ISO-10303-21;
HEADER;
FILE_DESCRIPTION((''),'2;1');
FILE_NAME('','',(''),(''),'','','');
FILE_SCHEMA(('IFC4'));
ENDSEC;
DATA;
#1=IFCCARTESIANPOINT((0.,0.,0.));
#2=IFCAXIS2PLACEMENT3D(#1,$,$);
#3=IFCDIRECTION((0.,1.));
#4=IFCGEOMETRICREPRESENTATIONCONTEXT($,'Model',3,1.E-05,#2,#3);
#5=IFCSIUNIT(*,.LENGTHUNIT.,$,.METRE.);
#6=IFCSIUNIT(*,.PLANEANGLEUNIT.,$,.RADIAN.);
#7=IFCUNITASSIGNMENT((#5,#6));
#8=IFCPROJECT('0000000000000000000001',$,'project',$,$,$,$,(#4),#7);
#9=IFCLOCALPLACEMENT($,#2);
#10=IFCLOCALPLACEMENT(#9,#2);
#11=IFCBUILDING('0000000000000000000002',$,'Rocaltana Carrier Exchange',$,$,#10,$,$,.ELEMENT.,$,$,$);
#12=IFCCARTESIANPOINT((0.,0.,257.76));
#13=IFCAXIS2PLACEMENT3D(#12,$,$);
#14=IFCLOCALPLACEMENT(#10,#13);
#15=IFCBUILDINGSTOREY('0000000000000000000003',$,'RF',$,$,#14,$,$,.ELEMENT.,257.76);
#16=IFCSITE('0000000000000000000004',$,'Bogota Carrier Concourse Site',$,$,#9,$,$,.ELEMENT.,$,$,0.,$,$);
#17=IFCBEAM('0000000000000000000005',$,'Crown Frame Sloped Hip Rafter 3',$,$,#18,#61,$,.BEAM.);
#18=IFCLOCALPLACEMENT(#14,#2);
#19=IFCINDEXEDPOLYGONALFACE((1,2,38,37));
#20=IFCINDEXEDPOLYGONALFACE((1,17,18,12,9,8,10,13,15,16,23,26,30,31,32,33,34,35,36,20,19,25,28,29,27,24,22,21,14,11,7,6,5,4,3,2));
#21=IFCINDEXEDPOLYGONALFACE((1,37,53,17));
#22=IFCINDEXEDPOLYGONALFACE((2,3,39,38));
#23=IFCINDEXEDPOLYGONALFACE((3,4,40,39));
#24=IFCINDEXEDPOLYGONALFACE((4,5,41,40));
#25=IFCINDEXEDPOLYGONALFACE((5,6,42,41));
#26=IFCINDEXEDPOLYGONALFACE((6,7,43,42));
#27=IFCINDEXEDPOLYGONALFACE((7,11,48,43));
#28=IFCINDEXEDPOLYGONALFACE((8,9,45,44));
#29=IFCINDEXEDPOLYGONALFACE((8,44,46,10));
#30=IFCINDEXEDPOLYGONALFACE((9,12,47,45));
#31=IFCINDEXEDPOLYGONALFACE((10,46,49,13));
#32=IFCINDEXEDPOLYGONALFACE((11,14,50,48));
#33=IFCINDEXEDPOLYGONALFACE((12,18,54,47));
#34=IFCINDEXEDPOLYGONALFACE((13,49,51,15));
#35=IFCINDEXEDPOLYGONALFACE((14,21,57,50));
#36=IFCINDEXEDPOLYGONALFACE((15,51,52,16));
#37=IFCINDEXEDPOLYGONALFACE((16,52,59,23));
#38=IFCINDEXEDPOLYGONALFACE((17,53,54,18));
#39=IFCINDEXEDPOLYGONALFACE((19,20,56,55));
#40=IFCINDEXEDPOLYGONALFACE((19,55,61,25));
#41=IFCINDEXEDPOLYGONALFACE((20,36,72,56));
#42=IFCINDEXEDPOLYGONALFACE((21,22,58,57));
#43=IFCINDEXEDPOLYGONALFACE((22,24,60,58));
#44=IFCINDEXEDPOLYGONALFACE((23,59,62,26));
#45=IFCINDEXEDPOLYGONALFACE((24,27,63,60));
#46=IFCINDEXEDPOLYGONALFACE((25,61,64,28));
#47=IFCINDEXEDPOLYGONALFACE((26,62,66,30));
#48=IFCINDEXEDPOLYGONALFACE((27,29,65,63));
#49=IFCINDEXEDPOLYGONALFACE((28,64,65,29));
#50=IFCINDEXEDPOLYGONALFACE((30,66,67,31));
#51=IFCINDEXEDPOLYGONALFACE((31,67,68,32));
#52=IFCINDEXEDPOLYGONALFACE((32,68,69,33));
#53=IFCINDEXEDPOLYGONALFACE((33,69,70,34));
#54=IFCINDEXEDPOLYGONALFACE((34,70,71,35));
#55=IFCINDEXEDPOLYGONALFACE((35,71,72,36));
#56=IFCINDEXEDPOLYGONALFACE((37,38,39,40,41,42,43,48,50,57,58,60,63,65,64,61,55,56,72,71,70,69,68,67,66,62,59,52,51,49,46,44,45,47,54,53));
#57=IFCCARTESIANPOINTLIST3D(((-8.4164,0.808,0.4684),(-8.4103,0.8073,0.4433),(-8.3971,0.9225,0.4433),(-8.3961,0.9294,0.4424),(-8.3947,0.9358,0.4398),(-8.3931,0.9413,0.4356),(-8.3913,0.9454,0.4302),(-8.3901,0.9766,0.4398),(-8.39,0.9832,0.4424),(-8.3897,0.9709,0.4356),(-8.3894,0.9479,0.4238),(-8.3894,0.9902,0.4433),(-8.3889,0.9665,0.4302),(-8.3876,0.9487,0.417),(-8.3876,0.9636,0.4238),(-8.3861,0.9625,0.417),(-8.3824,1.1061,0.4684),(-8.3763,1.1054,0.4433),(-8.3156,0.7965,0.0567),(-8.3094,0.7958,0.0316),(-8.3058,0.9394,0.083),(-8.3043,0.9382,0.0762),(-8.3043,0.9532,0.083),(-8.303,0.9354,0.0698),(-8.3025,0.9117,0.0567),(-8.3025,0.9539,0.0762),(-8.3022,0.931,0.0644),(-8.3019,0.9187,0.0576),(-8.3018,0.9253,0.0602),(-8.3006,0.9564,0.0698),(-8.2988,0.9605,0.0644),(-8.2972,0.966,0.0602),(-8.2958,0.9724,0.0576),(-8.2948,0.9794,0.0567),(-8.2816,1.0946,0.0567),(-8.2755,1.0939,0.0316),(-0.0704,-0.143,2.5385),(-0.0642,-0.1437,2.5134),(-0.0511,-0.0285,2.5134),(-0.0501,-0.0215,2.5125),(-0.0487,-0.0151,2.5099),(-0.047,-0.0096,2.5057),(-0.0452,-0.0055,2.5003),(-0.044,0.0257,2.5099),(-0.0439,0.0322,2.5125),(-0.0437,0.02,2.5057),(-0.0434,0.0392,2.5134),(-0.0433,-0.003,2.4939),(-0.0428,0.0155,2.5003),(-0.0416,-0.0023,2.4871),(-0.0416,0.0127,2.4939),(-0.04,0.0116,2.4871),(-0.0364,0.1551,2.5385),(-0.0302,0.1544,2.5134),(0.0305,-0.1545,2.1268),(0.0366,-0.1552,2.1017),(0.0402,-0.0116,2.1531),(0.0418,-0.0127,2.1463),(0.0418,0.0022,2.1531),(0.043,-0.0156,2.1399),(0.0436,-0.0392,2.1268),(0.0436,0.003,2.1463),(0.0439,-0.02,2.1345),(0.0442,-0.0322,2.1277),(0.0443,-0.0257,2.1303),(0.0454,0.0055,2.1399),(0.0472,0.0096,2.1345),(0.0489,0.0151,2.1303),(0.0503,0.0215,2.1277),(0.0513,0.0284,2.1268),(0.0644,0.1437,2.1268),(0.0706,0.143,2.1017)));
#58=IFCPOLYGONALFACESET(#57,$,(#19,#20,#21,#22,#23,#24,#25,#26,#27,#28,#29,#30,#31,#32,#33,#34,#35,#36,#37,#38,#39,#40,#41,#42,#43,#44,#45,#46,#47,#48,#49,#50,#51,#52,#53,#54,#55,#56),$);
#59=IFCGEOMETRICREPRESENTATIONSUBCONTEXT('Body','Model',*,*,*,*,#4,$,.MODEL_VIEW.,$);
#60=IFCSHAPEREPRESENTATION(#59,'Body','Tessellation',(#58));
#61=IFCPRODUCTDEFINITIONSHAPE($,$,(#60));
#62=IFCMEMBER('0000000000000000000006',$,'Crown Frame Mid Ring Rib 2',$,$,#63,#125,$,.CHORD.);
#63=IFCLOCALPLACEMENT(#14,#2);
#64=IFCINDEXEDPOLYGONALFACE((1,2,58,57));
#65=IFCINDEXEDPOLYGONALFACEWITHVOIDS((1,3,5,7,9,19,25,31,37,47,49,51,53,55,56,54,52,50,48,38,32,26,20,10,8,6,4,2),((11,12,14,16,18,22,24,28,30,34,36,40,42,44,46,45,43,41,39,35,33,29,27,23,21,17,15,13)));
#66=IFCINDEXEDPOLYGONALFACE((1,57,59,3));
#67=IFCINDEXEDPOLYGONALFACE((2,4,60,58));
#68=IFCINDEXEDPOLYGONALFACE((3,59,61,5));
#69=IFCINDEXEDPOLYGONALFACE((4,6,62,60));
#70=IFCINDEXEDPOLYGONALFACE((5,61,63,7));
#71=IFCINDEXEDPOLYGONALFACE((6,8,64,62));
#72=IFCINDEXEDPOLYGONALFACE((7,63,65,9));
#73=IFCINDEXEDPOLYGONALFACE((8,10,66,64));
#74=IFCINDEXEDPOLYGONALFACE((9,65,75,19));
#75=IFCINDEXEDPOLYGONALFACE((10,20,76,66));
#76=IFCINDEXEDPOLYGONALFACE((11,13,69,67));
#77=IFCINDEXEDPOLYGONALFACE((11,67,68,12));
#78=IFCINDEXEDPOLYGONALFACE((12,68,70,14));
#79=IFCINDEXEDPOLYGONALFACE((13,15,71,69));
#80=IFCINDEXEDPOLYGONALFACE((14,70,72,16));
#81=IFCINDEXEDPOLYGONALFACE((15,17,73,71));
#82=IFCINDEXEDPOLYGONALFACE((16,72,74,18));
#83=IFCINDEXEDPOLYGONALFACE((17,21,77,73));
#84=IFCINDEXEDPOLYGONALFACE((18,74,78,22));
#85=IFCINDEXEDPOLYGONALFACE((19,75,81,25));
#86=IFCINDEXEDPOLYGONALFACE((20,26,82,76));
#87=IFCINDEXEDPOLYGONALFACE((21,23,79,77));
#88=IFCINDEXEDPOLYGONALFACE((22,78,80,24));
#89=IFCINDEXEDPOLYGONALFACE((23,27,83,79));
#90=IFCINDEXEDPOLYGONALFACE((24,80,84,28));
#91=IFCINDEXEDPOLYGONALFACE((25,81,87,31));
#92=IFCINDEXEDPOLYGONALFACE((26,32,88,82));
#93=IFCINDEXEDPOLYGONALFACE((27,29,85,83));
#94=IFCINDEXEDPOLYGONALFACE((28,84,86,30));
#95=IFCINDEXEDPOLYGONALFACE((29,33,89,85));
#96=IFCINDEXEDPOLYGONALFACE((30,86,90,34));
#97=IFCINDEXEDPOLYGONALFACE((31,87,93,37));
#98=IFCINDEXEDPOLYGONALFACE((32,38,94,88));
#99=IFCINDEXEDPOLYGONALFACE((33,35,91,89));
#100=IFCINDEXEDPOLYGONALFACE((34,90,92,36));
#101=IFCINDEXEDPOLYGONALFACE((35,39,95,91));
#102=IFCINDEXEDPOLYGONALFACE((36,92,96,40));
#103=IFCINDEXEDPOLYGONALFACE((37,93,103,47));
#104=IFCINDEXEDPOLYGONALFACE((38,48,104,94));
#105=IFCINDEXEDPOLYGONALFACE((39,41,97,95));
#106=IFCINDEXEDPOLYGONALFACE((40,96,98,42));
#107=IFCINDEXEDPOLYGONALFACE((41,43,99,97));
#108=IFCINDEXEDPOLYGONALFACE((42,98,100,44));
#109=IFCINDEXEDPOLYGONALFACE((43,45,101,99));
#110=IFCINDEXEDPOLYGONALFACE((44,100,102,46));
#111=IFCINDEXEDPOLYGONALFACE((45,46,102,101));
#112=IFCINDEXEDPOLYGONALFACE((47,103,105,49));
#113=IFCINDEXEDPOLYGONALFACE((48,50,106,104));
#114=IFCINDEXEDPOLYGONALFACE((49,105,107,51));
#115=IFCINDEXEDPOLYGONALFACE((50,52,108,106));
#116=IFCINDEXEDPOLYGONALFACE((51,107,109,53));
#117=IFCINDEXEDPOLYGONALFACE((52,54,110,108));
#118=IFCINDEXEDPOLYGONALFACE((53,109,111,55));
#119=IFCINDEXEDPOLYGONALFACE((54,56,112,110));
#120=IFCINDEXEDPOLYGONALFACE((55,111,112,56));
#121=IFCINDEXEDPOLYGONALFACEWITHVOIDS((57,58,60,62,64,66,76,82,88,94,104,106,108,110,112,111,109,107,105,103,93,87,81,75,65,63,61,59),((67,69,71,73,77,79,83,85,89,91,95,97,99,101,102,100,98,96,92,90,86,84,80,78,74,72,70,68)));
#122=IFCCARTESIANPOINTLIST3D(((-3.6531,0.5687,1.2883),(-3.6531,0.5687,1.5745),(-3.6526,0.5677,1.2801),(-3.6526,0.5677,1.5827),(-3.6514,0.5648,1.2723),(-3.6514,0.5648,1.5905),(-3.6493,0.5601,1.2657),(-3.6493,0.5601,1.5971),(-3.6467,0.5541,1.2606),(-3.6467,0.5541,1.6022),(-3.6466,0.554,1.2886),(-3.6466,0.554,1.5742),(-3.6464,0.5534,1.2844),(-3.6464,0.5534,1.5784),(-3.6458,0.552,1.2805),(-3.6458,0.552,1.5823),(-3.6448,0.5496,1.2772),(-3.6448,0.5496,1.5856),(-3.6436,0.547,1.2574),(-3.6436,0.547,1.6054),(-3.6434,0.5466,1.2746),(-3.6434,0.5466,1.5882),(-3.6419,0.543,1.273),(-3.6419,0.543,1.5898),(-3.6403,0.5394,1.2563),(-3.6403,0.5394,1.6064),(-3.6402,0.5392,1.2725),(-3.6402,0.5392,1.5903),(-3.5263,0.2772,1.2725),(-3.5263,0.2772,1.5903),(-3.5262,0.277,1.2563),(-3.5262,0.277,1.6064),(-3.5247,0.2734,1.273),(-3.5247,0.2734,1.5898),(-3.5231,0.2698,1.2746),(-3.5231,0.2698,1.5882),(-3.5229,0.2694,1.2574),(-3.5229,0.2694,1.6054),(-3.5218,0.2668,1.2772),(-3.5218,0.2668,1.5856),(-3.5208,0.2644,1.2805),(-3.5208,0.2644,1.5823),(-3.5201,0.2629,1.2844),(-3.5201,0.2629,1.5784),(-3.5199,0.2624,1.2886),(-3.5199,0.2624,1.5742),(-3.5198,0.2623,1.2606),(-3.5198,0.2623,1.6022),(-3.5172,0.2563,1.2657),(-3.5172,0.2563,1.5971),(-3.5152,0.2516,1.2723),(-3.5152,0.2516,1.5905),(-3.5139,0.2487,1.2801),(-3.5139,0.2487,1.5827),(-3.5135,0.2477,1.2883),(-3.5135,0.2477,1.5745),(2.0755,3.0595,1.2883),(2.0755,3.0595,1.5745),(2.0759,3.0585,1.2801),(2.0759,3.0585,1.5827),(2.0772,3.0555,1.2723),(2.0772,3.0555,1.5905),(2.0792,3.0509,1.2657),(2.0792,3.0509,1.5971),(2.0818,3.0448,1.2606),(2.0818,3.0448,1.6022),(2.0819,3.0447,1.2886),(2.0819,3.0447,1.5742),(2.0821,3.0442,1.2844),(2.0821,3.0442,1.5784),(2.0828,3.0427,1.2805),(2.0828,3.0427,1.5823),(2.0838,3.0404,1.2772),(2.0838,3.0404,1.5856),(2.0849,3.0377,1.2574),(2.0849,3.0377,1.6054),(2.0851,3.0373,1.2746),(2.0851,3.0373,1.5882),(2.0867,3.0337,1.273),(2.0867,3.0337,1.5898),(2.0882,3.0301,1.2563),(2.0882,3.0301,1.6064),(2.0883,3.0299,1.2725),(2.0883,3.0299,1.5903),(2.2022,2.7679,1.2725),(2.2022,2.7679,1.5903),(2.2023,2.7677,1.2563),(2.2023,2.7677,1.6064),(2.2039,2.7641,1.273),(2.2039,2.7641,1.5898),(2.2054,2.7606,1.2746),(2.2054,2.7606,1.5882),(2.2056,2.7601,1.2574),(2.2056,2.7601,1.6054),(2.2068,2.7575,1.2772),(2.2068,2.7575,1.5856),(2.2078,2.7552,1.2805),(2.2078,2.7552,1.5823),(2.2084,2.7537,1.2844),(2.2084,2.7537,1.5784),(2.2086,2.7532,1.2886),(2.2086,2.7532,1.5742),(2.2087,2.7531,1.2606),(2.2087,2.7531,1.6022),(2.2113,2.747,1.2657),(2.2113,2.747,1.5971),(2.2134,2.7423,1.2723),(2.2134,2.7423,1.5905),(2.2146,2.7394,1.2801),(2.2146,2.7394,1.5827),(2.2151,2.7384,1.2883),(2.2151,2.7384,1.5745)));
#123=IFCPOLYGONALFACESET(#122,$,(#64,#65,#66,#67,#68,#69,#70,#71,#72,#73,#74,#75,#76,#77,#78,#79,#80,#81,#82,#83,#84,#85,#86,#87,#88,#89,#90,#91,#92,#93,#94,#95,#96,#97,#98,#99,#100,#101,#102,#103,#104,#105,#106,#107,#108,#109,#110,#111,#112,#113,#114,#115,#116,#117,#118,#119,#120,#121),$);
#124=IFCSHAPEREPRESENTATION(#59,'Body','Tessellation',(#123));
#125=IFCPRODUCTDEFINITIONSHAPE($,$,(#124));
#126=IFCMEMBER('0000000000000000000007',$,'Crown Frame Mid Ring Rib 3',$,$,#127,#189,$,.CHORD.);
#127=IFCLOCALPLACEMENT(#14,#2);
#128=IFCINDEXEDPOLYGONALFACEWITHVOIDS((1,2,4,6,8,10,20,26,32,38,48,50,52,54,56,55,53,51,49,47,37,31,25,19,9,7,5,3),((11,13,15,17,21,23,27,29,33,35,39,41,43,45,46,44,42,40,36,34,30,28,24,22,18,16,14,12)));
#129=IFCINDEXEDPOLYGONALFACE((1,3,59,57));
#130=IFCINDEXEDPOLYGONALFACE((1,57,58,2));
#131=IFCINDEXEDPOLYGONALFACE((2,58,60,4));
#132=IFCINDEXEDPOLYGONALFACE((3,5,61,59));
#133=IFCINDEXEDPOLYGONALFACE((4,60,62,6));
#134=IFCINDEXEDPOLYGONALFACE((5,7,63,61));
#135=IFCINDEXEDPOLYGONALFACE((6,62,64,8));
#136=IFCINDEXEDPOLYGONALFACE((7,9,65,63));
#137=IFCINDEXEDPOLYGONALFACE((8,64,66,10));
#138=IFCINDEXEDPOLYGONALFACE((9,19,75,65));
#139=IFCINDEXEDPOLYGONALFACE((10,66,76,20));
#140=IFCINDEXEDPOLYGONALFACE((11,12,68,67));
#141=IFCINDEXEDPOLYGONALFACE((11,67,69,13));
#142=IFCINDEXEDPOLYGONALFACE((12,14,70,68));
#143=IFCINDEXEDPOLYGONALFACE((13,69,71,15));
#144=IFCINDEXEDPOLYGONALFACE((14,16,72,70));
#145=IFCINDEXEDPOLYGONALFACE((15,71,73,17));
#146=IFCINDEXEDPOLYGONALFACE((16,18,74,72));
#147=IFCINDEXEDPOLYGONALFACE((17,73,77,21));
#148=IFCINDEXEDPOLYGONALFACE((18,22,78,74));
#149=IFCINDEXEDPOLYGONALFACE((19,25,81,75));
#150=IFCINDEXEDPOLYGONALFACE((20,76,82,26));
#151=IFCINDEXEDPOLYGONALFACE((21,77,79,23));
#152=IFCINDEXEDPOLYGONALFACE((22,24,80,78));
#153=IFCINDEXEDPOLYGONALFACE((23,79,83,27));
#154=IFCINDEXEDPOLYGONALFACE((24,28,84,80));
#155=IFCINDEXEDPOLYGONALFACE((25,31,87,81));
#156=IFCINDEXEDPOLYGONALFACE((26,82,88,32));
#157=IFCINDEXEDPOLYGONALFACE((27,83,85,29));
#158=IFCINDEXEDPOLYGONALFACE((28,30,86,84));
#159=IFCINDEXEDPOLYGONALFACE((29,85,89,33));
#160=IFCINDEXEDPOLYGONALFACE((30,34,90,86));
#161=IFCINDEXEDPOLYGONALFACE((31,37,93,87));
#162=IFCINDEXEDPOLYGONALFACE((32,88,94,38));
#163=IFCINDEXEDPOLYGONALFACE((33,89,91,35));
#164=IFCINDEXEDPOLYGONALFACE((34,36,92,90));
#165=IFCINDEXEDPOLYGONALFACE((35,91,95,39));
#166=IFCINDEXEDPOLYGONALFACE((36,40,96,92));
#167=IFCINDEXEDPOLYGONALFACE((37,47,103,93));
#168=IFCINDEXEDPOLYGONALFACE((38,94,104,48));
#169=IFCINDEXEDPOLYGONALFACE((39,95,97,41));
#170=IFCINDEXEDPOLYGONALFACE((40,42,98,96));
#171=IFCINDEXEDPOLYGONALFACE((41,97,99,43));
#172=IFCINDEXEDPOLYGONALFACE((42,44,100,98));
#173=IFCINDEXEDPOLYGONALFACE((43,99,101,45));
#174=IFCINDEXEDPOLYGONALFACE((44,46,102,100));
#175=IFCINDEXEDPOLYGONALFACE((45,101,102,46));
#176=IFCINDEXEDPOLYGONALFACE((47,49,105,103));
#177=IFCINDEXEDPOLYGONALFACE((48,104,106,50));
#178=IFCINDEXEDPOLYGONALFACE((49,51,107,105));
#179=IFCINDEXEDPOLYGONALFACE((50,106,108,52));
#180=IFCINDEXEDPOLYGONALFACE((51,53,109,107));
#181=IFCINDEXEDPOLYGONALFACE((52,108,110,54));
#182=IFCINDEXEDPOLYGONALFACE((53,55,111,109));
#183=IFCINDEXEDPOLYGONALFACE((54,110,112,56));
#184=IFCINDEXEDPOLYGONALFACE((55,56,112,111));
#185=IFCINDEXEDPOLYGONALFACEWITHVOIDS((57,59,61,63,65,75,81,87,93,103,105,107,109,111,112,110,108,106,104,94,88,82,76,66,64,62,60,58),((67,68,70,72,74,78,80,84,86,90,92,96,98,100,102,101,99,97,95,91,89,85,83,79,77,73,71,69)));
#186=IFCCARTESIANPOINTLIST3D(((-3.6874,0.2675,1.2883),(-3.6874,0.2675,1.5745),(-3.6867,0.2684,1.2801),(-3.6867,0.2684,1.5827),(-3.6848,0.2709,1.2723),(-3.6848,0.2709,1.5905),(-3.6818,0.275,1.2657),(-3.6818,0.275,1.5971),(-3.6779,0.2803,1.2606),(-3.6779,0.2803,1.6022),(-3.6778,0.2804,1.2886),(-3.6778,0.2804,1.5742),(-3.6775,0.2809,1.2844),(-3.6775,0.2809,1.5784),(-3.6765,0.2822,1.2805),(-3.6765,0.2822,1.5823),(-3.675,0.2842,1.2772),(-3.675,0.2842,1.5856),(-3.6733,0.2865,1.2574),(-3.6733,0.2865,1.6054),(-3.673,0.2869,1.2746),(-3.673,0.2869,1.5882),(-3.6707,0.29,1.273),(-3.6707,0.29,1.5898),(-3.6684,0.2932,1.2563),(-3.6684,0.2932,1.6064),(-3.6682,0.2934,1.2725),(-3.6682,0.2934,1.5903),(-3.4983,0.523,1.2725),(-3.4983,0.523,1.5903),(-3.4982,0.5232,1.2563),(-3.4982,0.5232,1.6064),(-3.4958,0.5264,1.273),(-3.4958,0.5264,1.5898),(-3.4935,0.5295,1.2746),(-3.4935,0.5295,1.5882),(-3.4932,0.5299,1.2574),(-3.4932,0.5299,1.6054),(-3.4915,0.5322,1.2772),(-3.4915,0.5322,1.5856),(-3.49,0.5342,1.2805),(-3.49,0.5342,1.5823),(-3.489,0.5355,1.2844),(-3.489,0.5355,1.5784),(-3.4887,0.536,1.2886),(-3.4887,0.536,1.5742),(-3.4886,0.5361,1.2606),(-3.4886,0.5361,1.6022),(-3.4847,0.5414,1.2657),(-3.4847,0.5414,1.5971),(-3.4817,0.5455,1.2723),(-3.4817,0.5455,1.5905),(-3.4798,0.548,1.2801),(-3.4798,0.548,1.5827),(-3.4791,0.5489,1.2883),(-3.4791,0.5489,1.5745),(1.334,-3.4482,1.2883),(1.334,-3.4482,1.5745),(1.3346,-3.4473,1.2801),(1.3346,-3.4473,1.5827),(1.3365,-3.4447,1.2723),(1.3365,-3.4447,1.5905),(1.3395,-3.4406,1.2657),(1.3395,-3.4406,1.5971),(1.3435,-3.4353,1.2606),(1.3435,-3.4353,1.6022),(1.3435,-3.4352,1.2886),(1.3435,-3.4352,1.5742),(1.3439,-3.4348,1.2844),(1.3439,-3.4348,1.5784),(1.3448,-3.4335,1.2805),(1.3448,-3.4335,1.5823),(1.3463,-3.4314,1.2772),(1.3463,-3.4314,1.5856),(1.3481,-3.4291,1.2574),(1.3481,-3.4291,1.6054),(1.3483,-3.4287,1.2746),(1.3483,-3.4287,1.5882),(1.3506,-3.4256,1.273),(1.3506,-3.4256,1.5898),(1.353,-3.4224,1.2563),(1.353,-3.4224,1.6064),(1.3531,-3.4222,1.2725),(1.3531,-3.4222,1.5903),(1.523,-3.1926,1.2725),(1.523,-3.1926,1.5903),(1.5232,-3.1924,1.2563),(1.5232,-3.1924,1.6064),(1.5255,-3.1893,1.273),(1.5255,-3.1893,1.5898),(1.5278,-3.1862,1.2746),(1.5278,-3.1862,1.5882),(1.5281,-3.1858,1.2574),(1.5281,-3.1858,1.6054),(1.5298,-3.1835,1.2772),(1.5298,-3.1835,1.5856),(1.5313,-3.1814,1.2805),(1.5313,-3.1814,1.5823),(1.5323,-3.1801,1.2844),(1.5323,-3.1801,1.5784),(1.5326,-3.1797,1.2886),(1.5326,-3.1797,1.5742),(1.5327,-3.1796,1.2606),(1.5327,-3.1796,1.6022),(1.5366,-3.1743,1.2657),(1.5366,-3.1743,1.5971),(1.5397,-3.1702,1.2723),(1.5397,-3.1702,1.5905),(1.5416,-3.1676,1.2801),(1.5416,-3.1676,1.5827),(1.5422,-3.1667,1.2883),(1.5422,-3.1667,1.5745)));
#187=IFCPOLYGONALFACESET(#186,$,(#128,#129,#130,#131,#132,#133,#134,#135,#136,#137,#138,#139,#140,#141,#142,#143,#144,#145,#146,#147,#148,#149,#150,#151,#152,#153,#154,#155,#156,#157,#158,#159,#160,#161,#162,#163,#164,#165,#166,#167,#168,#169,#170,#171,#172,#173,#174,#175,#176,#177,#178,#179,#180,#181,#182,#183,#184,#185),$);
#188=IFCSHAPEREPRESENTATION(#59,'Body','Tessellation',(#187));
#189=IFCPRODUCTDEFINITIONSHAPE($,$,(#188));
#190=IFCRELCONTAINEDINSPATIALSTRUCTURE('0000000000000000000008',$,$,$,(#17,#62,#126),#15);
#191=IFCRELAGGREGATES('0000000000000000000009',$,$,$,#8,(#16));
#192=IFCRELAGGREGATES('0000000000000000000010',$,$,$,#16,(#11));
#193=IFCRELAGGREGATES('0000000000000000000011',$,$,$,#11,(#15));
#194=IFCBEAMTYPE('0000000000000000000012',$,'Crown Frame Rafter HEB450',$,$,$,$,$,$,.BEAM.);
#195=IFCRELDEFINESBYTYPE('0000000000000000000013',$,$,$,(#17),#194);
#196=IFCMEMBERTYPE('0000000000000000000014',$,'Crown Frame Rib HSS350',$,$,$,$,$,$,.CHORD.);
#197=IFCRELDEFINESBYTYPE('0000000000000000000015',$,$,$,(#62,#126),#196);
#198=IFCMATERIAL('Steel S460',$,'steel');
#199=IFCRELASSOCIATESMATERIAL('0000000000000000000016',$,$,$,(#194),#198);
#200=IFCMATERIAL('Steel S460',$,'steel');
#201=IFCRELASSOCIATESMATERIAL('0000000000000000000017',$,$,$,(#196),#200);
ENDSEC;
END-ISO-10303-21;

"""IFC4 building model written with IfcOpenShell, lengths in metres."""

from ifc_helpers import new_model, si_unit, direction, frame, origin, origin_2d, place, context, subcontext, project, spatial, hollow_rectangle, i_section, extrude, material, material_profile, profile_set, type_object, element, save


model = new_model("IFC4")

# Units and contexts
model_context = context("Model", 3, precision=1e-05, world=origin(), true_north=direction((0.0, 1.0)))
body_context = subcontext(model_context, "Body", "Model", "MODEL_VIEW")
ifc_project = project(units=[si_unit("LENGTHUNIT", "METRE"), si_unit("PLANEANGLEUNIT", "RADIAN")], contexts=[model_context])

# Site, building, storey
site_placement = place(None, origin())
site = spatial("IfcSite", under=ifc_project, at=site_placement, Name="Bogota Carrier Concourse Site", CompositionType="ELEMENT", RefElevation=0.0)
building_placement = place(site_placement, origin())
building = spatial("IfcBuilding", under=site, at=building_placement, Name="Rocaltana Carrier Exchange", CompositionType="ELEMENT")
storey_placement = place(building_placement, frame((0.0, 0.0, 257.76)))
storey = spatial("IfcBuildingStorey", under=building, at=storey_placement, Name="RF", CompositionType="ELEMENT", Elevation=257.76)

# Beam
ifc_material_1 = material(Name="Steel S460", Category="steel")
ifc_material_profile_1 = material_profile(ifc_material_1, i_section(OverallWidth=0.3, OverallDepth=0.45, WebThickness=0.0139, FlangeThickness=0.0259, FilletRadius=0.0271, at=origin_2d()), Name="HEB450")
ifc_profile_set_1 = profile_set([ifc_material_profile_1], Name="Steel S460")
beam_type_1 = type_object("IfcBeamType", Name="Crown Frame Rafter HEB450", PredefinedType="BEAM", material=ifc_profile_set_1)
for number, where, z_axis, x_axis, name in (
    (1, (-8.3459, 0.9509, 0.25), (0.964709, -0.109918, 0.239279), (0.113206, 0.993571, 0.0), "Crown Frame Sloped Hip Rafter 3"),
):
    element("IfcBeam", number, at=place(storey_placement, frame(where, z_axis=z_axis, x_axis=x_axis)), inside=storey, type_object=beam_type_1, Name=name, PredefinedType="BEAM", context=body_context, shape_type="SweptSolid", body=[
        extrude(i_section(OverallWidth=0.3, OverallDepth=0.45, WebThickness=0.0139, FlangeThickness=0.0259, FilletRadius=0.0271, at=origin_2d()), origin(), (0.0, 0.0, 1.0), 8.6514),
    ])

# Members
ifc_material_2 = material(Name="Steel S460", Category="steel")
ifc_material_profile_2 = material_profile(ifc_material_2, hollow_rectangle(XDim=0.3501, YDim=0.3501, WallThickness=0.0161, InnerFilletRadius=0.0161, OuterFilletRadius=0.032, at=origin_2d()), Name="HSS350X350X16")
ifc_profile_set_2 = profile_set([ifc_material_profile_2], Name="Steel S460")
member_type_1 = type_object("IfcMemberType", Name="Crown Frame Rib HSS350", PredefinedType="CHORD", material=ifc_profile_set_2)
for number, where, z_axis, x_axis, name in (
    (2, (2.1453, 2.8989, 1.4314), (-0.917066, -0.398735, 0.0), (0.398735, -0.917066, 0.0), "Crown Frame Mid Ring Rib 2"),
    (3, (-3.5833, 0.4082, 1.4314), (0.803853, -0.594828, 0.0), (0.594828, 0.803853, 0.0), "Crown Frame Mid Ring Rib 3"),
):
    element("IfcMember", number, at=place(storey_placement, frame(where, z_axis=z_axis, x_axis=x_axis)), inside=storey, type_object=member_type_1, Name=name, PredefinedType="CHORD", context=body_context, shape_type="SweptSolid", body=[
        extrude(hollow_rectangle(XDim=0.3501, YDim=0.3501, WallThickness=0.0161, InnerFilletRadius=0.0161, OuterFilletRadius=0.032, at=origin_2d()), origin(), (0.0, 0.0, 1.0), 6.2466),
    ])

save(model, "model.ifc")
